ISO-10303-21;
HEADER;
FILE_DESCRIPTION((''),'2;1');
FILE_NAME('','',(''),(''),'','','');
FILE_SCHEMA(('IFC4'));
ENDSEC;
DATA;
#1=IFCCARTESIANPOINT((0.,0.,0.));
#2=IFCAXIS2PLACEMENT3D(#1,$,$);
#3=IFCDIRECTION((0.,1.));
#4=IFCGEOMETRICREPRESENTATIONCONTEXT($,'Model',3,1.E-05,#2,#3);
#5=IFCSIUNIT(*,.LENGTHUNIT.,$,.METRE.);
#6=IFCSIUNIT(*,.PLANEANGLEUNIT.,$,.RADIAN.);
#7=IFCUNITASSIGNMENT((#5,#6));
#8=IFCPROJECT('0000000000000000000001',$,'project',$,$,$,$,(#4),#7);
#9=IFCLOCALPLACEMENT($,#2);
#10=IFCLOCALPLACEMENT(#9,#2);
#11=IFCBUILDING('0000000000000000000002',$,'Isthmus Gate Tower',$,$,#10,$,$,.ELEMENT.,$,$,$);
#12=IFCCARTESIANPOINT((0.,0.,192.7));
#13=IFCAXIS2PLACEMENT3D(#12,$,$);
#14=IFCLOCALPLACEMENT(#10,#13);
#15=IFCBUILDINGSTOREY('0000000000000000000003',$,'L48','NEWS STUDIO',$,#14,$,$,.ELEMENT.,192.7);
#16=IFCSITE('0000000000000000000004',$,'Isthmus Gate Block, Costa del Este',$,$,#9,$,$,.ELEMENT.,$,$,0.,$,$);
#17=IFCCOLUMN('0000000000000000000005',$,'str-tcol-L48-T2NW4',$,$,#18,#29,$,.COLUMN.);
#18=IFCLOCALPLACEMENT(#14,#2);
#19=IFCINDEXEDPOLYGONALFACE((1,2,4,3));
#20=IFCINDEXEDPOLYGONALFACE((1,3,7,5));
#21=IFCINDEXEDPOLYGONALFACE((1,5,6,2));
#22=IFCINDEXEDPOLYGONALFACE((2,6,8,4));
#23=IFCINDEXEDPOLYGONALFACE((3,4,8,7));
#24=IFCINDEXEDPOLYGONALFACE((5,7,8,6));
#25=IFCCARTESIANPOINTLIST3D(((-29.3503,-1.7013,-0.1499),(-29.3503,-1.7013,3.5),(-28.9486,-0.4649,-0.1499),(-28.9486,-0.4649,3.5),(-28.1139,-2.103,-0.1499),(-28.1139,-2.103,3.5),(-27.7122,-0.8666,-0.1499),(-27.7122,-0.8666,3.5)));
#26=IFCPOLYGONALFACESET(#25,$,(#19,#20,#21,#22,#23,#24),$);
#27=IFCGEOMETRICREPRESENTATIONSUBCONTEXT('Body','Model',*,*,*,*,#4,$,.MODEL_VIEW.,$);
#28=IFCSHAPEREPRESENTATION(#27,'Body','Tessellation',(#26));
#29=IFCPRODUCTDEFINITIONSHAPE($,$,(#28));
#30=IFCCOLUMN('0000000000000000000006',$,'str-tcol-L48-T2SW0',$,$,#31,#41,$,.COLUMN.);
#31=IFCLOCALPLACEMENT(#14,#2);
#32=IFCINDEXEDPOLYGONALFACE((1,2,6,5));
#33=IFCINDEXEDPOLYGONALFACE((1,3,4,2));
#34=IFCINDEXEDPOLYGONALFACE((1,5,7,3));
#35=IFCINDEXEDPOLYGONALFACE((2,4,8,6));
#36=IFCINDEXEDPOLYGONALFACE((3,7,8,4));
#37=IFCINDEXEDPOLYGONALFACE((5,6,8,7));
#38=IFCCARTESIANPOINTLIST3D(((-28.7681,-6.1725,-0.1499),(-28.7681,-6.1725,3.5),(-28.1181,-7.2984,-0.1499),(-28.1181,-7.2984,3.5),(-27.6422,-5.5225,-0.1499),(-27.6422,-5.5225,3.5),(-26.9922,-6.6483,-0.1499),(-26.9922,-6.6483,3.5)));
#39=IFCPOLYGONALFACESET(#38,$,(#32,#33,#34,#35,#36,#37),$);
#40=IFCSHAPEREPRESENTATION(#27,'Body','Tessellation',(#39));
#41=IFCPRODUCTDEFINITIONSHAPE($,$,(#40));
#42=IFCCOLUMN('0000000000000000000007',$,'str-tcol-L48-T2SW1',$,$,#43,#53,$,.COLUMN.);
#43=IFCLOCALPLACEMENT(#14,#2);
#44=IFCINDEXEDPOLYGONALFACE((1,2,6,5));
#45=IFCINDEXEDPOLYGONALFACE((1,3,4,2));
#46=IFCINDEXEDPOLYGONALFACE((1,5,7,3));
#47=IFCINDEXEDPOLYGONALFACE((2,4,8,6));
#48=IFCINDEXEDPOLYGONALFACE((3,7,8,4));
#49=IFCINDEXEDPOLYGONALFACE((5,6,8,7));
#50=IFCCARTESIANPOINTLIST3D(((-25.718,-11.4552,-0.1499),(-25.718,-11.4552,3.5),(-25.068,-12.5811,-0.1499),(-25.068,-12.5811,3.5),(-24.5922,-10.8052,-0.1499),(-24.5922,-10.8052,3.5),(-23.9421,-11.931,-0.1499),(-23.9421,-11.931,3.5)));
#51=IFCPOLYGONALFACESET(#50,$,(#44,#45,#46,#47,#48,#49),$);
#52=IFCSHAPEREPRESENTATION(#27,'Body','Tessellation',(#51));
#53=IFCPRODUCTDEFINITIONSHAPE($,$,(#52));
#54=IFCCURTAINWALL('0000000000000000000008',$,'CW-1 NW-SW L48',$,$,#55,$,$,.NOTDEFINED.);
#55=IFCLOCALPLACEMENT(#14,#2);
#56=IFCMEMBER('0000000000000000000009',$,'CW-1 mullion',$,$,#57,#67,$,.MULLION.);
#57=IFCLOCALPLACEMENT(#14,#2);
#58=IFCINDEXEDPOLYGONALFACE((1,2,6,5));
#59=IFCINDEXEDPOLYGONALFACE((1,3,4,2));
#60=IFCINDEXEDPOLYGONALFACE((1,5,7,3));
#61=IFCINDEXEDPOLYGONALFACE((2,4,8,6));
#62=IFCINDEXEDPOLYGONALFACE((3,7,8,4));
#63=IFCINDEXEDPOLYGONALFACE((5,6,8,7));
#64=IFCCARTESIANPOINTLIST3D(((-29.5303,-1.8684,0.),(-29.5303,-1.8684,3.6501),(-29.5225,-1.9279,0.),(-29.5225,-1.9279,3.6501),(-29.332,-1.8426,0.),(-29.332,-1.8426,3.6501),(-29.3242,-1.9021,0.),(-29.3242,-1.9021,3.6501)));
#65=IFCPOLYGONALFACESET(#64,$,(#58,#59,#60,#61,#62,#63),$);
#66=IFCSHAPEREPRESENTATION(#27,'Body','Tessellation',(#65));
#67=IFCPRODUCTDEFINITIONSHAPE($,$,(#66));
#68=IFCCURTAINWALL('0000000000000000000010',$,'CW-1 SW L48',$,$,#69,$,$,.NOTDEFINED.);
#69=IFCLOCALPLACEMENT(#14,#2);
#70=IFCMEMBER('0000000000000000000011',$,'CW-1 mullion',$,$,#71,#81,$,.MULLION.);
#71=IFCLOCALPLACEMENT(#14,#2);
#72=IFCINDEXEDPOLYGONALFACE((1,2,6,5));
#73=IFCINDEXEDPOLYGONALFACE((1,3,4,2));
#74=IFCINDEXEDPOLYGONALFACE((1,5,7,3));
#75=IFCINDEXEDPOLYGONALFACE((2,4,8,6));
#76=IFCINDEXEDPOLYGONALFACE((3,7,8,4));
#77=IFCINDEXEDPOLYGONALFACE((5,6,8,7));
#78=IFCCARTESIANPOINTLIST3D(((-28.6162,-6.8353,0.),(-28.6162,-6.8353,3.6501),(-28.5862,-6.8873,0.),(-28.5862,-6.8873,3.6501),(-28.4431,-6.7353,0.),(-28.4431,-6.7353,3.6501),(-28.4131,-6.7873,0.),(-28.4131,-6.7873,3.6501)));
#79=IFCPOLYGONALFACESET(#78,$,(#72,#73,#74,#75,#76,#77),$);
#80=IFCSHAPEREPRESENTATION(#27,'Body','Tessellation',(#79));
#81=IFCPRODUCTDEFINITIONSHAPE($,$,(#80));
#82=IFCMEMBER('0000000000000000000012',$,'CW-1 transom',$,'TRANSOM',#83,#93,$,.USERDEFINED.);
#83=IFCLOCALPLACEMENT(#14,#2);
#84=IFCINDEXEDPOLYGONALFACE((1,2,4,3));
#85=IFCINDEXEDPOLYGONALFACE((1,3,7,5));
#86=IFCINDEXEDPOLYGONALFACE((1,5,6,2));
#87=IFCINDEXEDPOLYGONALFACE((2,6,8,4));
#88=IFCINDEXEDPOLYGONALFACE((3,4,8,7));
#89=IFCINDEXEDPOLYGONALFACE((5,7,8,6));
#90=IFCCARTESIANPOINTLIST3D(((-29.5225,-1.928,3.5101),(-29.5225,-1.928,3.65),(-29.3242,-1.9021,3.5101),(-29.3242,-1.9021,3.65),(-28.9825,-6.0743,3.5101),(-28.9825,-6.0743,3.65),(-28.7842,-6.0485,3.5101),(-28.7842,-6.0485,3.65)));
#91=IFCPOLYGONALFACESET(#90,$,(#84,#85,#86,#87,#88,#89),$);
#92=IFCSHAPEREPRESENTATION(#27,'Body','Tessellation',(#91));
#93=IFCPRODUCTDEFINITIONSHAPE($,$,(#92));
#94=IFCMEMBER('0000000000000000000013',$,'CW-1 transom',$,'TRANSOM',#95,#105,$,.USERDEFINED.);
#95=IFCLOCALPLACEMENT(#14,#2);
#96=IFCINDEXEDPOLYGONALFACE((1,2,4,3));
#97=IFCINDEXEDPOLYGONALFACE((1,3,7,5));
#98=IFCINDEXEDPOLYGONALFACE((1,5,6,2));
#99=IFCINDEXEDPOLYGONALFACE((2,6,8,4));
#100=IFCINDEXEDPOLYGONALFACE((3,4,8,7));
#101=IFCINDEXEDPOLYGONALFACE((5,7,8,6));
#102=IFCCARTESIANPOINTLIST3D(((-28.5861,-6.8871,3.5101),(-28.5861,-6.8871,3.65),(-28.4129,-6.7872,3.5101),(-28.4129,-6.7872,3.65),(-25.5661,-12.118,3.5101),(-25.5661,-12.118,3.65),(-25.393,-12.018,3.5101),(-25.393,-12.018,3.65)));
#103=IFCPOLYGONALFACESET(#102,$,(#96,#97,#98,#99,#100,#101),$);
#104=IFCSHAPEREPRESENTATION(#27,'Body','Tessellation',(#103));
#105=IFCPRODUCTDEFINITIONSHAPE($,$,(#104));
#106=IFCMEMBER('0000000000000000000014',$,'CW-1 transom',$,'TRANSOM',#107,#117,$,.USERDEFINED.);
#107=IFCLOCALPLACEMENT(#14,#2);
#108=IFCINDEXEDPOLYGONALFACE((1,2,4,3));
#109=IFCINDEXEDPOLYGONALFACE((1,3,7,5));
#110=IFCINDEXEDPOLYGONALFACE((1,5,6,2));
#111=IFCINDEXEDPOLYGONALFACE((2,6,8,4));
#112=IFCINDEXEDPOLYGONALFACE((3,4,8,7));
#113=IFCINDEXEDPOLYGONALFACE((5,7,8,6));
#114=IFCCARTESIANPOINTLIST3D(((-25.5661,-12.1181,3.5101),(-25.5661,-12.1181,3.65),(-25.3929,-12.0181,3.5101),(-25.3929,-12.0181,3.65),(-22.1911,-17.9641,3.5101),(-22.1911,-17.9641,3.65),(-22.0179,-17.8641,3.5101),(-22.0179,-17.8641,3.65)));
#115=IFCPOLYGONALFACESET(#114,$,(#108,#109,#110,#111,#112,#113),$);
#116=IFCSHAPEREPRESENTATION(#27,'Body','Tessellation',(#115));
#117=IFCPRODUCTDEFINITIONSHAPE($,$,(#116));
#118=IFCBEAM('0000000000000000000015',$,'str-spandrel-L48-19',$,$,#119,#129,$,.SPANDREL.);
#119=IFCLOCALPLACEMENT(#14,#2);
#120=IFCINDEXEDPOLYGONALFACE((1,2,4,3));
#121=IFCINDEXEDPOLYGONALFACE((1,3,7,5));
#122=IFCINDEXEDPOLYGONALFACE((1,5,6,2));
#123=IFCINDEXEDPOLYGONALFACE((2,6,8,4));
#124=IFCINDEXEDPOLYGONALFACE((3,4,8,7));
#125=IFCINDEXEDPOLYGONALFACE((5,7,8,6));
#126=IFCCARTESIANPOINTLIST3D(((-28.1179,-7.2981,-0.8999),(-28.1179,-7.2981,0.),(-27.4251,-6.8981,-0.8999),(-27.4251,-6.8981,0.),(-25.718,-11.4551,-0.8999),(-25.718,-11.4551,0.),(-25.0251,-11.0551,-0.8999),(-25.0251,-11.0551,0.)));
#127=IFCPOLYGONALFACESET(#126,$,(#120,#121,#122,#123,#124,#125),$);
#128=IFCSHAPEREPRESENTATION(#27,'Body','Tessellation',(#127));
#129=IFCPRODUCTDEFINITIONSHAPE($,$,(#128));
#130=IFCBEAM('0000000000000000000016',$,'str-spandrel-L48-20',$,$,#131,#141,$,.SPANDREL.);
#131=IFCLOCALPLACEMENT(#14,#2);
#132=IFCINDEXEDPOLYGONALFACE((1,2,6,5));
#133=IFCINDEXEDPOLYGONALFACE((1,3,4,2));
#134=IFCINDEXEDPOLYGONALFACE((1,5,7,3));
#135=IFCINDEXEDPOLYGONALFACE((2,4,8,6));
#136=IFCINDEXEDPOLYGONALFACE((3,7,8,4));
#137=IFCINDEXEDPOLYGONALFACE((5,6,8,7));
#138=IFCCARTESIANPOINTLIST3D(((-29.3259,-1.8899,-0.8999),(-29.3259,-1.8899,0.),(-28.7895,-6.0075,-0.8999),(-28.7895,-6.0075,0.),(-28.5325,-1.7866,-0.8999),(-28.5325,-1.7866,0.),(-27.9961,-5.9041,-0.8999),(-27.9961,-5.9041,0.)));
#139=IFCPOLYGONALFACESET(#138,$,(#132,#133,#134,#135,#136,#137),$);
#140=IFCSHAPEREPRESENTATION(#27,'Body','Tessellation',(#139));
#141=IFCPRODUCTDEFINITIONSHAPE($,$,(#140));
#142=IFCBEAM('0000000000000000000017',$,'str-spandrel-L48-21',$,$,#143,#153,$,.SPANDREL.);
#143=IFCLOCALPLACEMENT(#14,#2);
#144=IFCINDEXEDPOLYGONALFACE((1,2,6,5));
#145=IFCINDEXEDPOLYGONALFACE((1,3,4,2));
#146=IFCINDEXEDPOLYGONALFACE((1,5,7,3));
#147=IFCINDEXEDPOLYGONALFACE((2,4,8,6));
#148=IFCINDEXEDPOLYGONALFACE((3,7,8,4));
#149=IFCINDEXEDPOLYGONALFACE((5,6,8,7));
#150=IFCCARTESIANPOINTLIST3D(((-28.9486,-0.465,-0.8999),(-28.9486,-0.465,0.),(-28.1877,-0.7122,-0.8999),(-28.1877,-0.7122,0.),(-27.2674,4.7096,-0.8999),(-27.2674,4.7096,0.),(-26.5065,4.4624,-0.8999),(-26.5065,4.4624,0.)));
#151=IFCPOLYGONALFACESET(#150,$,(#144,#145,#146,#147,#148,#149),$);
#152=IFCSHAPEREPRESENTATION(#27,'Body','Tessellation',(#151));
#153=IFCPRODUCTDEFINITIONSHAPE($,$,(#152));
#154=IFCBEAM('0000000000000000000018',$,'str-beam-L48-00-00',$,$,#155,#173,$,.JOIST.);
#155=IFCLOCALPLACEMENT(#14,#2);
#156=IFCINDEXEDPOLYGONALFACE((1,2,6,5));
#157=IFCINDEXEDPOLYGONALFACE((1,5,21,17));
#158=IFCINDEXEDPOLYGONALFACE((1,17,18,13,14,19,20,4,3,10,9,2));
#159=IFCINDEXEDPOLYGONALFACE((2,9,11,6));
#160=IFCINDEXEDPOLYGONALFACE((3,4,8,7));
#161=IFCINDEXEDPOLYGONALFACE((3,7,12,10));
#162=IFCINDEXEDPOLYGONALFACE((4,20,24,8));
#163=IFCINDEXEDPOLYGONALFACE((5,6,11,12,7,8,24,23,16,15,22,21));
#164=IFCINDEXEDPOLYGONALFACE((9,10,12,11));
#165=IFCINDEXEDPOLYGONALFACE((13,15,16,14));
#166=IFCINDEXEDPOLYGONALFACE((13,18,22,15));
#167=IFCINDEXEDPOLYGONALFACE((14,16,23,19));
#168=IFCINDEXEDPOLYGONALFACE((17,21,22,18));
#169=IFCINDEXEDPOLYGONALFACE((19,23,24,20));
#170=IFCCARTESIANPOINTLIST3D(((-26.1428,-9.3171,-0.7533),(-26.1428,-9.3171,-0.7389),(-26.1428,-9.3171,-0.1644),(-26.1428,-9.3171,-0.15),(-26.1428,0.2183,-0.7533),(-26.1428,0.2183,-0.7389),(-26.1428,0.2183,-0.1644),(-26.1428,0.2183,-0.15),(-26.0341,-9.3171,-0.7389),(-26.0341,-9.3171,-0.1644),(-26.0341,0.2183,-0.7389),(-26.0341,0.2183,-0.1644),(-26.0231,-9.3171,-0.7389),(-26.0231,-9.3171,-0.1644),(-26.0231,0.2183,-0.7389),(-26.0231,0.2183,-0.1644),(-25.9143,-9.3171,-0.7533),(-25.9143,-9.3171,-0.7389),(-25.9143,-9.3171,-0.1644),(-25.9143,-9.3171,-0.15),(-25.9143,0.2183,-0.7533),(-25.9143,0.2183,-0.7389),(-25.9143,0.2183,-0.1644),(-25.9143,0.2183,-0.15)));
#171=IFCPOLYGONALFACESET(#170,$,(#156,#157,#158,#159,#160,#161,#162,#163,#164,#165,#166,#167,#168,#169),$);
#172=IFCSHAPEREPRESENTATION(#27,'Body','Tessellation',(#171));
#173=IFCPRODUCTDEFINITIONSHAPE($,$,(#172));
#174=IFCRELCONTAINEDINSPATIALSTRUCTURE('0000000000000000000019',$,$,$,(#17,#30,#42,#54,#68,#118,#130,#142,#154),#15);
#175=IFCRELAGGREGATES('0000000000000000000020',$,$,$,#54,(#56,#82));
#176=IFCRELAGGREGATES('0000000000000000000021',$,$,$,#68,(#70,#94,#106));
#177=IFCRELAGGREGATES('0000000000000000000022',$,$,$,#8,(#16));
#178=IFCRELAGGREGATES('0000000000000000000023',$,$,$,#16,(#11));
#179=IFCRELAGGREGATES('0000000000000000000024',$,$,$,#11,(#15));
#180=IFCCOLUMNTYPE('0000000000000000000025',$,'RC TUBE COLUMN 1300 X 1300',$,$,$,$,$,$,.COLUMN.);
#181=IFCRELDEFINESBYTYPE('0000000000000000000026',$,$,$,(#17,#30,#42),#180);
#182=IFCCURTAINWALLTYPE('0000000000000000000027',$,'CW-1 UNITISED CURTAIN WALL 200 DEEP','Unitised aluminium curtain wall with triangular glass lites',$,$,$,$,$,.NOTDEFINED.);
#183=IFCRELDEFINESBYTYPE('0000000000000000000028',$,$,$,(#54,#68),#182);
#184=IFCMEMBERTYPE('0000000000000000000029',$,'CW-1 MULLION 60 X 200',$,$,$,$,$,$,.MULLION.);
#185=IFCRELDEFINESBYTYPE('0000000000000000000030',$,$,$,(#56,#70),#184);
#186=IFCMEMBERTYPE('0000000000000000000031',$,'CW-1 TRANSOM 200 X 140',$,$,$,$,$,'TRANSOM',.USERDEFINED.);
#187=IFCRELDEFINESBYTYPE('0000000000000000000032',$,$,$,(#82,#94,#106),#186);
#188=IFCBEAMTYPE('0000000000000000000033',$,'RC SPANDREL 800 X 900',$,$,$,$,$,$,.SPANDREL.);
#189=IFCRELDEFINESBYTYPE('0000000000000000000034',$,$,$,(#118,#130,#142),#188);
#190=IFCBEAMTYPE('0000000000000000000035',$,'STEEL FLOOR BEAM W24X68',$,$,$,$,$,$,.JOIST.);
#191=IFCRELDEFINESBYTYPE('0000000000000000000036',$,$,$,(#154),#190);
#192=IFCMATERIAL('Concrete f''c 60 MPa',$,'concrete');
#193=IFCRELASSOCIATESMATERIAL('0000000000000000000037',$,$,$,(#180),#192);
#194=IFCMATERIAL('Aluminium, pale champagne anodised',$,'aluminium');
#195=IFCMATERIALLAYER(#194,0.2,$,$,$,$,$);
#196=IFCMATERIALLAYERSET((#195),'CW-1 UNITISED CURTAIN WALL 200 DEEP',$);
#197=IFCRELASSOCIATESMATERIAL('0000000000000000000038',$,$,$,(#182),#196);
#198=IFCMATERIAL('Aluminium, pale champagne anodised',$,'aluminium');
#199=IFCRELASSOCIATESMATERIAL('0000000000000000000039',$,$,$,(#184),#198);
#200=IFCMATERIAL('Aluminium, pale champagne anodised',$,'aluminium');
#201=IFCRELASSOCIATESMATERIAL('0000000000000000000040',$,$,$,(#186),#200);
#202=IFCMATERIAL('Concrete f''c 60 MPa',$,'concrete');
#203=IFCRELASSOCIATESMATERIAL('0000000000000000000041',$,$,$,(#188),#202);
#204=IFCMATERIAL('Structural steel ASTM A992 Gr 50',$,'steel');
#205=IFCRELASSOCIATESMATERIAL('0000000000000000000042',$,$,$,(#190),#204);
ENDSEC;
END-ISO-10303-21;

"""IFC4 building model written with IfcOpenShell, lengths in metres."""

from ifc_helpers import new_model, si_unit, direction, frame, origin, origin_2d, place, context, subcontext, project, spatial, rectangle, i_section, extrude, material, layer, layer_set, material_profile, profile_set, type_object, element, aggregate, save


model = new_model("IFC4")

# Units and contexts
model_context = context("Model", 3, precision=1e-05, world=origin(), true_north=direction((0.0, 1.0)))
body_context = subcontext(model_context, "Body", "Model", "MODEL_VIEW")
ifc_project = project(units=[si_unit("LENGTHUNIT", "METRE"), si_unit("PLANEANGLEUNIT", "RADIAN")], contexts=[model_context])

# Site, building, storey
site_placement = place(None, origin())
site = spatial("IfcSite", under=ifc_project, at=site_placement, Name="Isthmus Gate Block, Costa del Este", CompositionType="ELEMENT", RefElevation=0.0)
building_placement = place(site_placement, origin())
building = spatial("IfcBuilding", under=site, at=building_placement, Name="Isthmus Gate Tower", CompositionType="ELEMENT")
storey_placement = place(building_placement, frame((0.0, 0.0, 192.7)))
storey = spatial("IfcBuildingStorey", under=building, at=storey_placement, Name="L48", Description="NEWS STUDIO", CompositionType="ELEMENT", Elevation=192.7)

# Columns
ifc_material_1 = material(Name="Concrete f'c 60 MPa", Category="concrete")
ifc_material_profile_1 = material_profile(ifc_material_1, rectangle(XDim=1.3, YDim=1.3, at=origin_2d()), Name="RC 1300X1300")
ifc_profile_set_1 = profile_set([ifc_material_profile_1], Name="Concrete f'c 60 MPa")
column_type = type_object("IfcColumnType", Name="RC TUBE COLUMN 1300 X 1300", PredefinedType="COLUMN", material=ifc_profile_set_1)
for number, where, z_axis, x_axis, name in (
    (1, (-28.5312, -1.2839, -0.1499), (0.0, 0.0, 1.0), (-0.309017, -0.951057, 0.0), "str-tcol-L48-T2NW4"),
    (2, (-27.8801, -6.4104, -0.1499), (0.0, 0.0, 1.0), (0.5, -0.866025, 0.0), "str-tcol-L48-T2SW0"),
    (3, (-24.8301, -11.6931, -0.1499), (0.0, 0.0, 1.0), (0.5, -0.866025, 0.0), "str-tcol-L48-T2SW1"),
):
    element("IfcColumn", number, at=place(storey_placement, frame(where, z_axis=z_axis, x_axis=x_axis)), inside=storey, type_object=column_type, Name=name, PredefinedType="COLUMN", context=body_context, shape_type="SweptSolid", body=[
        extrude(rectangle(XDim=1.3, YDim=1.3, at=origin_2d()), origin(), (0.0, 0.0, 1.0), 3.6499),
    ])

# Curtain walls, members
ifc_material_2 = material(Name="Aluminium, pale champagne anodised", Category="aluminium")
ifc_layer_1 = layer(ifc_material_2, 0.2)
ifc_layer_set_1 = layer_set([ifc_layer_1], Name="CW-1 UNITISED CURTAIN WALL 200 DEEP")
curtain_wall_type = type_object("IfcCurtainWallType", Name="CW-1 UNITISED CURTAIN WALL 200 DEEP", Description="Unitised aluminium curtain wall with triangular glass lites", PredefinedType="NOTDEFINED", material=ifc_layer_set_1)
curtain_wall_1_placement = place(storey_placement, origin())
curtain_wall_1 = element("IfcCurtainWall", 4, at=curtain_wall_1_placement, inside=storey, type_object=curtain_wall_type, Name="CW-1 NW-SW L48", PredefinedType="NOTDEFINED")
ifc_material_3 = material(Name="Aluminium, pale champagne anodised", Category="aluminium")
ifc_material_profile_2 = material_profile(ifc_material_3, rectangle(XDim=0.0601, YDim=0.2, at=origin_2d()), Name="60x200")
ifc_profile_set_2 = profile_set([ifc_material_profile_2], Name="Aluminium, pale champagne anodised")
member_type_1 = type_object("IfcMemberType", Name="CW-1 MULLION 60 X 200", PredefinedType="MULLION", material=ifc_profile_set_2)
member_1_placement = place(storey_placement, frame((-29.4272, -1.8853, 0.0), z_axis=(0.0, 0.0, 1.0), x_axis=(0.129165, -0.991623, 0.0)))
member_1 = element("IfcMember", 5, at=member_1_placement, type_object=member_type_1, Name="CW-1 mullion", PredefinedType="MULLION", context=body_context, shape_type="SweptSolid", body=[
    extrude(rectangle(XDim=0.0601, YDim=0.2, at=origin_2d()), origin(), (0.0, 0.0, 1.0), 3.6501),
])
curtain_wall_2_placement = place(storey_placement, origin())
curtain_wall_2 = element("IfcCurtainWall", 6, at=curtain_wall_2_placement, inside=storey, type_object=curtain_wall_type, Name="CW-1 SW L48", PredefinedType="NOTDEFINED")
member_2_placement = place(storey_placement, frame((-28.5146, -6.8113, 0.0), z_axis=(0.0, 0.0, 1.0), x_axis=(0.5, -0.866025, 0.0)))
member_2 = element("IfcMember", 7, at=member_2_placement, type_object=member_type_1, Name="CW-1 mullion", PredefinedType="MULLION", context=body_context, shape_type="SweptSolid", body=[
    extrude(rectangle(XDim=0.0601, YDim=0.2, at=origin_2d()), origin(), (0.0, 0.0, 1.0), 3.6501),
])

# Members
ifc_material_4 = material(Name="Aluminium, pale champagne anodised", Category="aluminium")
ifc_material_profile_3 = material_profile(ifc_material_4, rectangle(XDim=0.2, YDim=0.1399, at=origin_2d()), Name="200x140")
ifc_profile_set_3 = profile_set([ifc_material_profile_3], Name="Aluminium, pale champagne anodised")
member_type_2 = type_object("IfcMemberType", Name="CW-1 TRANSOM 200 X 140", ElementType="TRANSOM", PredefinedType="USERDEFINED", material=ifc_profile_set_3)
member_3_placement = place(storey_placement, frame((-29.4233, -1.915, 3.5801), z_axis=(0.129149, -0.991625, 0.0), x_axis=(0.991625, 0.129149, 0.0)))
member_3 = element("IfcMember", 8, at=member_3_placement, type_object=member_type_2, Name="CW-1 transom", ObjectType="TRANSOM", PredefinedType="USERDEFINED", context=body_context, shape_type="SweptSolid", body=[
    extrude(rectangle(XDim=0.2, YDim=0.1399, at=origin_2d()), origin(), (0.0, 0.0, 1.0), 4.1814),
])
member_4_placement = place(storey_placement, frame((-28.4995, -6.8372, 3.5801), z_axis=(0.499991, -0.866031, 0.0), x_axis=(0.866031, 0.499991, 0.0)))
member_4 = element("IfcMember", 9, at=member_4_placement, type_object=member_type_2, Name="CW-1 transom", ObjectType="TRANSOM", PredefinedType="USERDEFINED", context=body_context, shape_type="SweptSolid", body=[
    extrude(rectangle(XDim=0.2, YDim=0.1399, at=origin_2d()), origin(), (0.0, 0.0, 1.0), 6.04),
])
member_5_placement = place(storey_placement, frame((-25.4795, -12.0681, 3.5801), z_axis=(0.499982, -0.866036, 0.0), x_axis=(0.866036, 0.499982, 0.0)))
member_5 = element("IfcMember", 10, at=member_5_placement, type_object=member_type_2, Name="CW-1 transom", ObjectType="TRANSOM", PredefinedType="USERDEFINED", context=body_context, shape_type="SweptSolid", body=[
    extrude(rectangle(XDim=0.2, YDim=0.1399, at=origin_2d()), origin(), (0.0, 0.0, 1.0), 6.7502),
])

# Beams
ifc_material_5 = material(Name="Concrete f'c 60 MPa", Category="concrete")
ifc_material_profile_4 = material_profile(ifc_material_5, rectangle(XDim=0.8, YDim=0.8999, at=origin_2d()), Name="RC 800X900")
ifc_profile_set_4 = profile_set([ifc_material_profile_4], Name="Concrete f'c 60 MPa")
beam_type_1 = type_object("IfcBeamType", Name="RC SPANDREL 800 X 900", PredefinedType="SPANDREL", material=ifc_profile_set_4)
beam_1_placement = place(storey_placement, frame((-25.3716, -11.2551, -0.45), z_axis=(-0.499979, 0.866037, 0.0), x_axis=(-0.866037, -0.499979, 0.0)))
element("IfcBeam", 11, at=beam_1_placement, inside=storey, type_object=beam_type_1, Name="str-spandrel-L48-19", PredefinedType="SPANDREL", context=body_context, shape_type="SweptSolid", body=[
    extrude(rectangle(XDim=0.8, YDim=0.8999, at=origin_2d()), origin(), (0.0, 0.0, 1.0), 4.8),
])
beam_2_placement = place(storey_placement, frame((-28.3928, -5.9558, -0.45), z_axis=(-0.129171, 0.991622, 0.0), x_axis=(-0.991622, -0.129171, 0.0)))
element("IfcBeam", 12, at=beam_2_placement, inside=storey, type_object=beam_type_1, Name="str-spandrel-L48-20", PredefinedType="SPANDREL", context=body_context, shape_type="SweptSolid", body=[
    extrude(rectangle(XDim=0.8, YDim=0.8999, at=origin_2d()), origin(), (0.0, 0.0, 1.0), 4.1523),
])
beam_3_placement = place(storey_placement, frame((-28.5681, -0.5886, -0.45), z_axis=(0.30899, 0.951065, 0.0), x_axis=(-0.951065, 0.30899, 0.0)))
element("IfcBeam", 13, at=beam_3_placement, inside=storey, type_object=beam_type_1, Name="str-spandrel-L48-21", PredefinedType="SPANDREL", context=body_context, shape_type="SweptSolid", body=[
    extrude(rectangle(XDim=0.8, YDim=0.8999, at=origin_2d()), origin(), (0.0, 0.0, 1.0), 5.4409),
])
ifc_material_6 = material(Name="Structural steel ASTM A992 Gr 50", Category="steel")
ifc_material_profile_5 = material_profile(ifc_material_6, i_section(OverallWidth=0.2285, OverallDepth=0.6033, WebThickness=0.011, FlangeThickness=0.0144, at=origin_2d()), Name="W24X68")
ifc_profile_set_5 = profile_set([ifc_material_profile_5], Name="Structural steel ASTM A992 Gr 50")
beam_type_2 = type_object("IfcBeamType", Name="STEEL FLOOR BEAM W24X68", PredefinedType="JOIST", material=ifc_profile_set_5)
beam_4_placement = place(storey_placement, frame((-26.0286, -9.3171, -0.4517), z_axis=(0.0, 1.0, 0.0), x_axis=(-1.0, 0.0, 0.0)))
element("IfcBeam", 14, at=beam_4_placement, inside=storey, type_object=beam_type_2, Name="str-beam-L48-00-00", PredefinedType="JOIST", context=body_context, shape_type="SweptSolid", body=[
    extrude(i_section(OverallWidth=0.2285, OverallDepth=0.6033, WebThickness=0.011, FlangeThickness=0.0144, at=origin_2d()), origin(), (0.0, 0.0, 1.0), 9.5354),
])

aggregate(curtain_wall_1, [member_1, member_3])
aggregate(curtain_wall_2, [member_2, member_4, member_5])

save(model, "model.ifc")
